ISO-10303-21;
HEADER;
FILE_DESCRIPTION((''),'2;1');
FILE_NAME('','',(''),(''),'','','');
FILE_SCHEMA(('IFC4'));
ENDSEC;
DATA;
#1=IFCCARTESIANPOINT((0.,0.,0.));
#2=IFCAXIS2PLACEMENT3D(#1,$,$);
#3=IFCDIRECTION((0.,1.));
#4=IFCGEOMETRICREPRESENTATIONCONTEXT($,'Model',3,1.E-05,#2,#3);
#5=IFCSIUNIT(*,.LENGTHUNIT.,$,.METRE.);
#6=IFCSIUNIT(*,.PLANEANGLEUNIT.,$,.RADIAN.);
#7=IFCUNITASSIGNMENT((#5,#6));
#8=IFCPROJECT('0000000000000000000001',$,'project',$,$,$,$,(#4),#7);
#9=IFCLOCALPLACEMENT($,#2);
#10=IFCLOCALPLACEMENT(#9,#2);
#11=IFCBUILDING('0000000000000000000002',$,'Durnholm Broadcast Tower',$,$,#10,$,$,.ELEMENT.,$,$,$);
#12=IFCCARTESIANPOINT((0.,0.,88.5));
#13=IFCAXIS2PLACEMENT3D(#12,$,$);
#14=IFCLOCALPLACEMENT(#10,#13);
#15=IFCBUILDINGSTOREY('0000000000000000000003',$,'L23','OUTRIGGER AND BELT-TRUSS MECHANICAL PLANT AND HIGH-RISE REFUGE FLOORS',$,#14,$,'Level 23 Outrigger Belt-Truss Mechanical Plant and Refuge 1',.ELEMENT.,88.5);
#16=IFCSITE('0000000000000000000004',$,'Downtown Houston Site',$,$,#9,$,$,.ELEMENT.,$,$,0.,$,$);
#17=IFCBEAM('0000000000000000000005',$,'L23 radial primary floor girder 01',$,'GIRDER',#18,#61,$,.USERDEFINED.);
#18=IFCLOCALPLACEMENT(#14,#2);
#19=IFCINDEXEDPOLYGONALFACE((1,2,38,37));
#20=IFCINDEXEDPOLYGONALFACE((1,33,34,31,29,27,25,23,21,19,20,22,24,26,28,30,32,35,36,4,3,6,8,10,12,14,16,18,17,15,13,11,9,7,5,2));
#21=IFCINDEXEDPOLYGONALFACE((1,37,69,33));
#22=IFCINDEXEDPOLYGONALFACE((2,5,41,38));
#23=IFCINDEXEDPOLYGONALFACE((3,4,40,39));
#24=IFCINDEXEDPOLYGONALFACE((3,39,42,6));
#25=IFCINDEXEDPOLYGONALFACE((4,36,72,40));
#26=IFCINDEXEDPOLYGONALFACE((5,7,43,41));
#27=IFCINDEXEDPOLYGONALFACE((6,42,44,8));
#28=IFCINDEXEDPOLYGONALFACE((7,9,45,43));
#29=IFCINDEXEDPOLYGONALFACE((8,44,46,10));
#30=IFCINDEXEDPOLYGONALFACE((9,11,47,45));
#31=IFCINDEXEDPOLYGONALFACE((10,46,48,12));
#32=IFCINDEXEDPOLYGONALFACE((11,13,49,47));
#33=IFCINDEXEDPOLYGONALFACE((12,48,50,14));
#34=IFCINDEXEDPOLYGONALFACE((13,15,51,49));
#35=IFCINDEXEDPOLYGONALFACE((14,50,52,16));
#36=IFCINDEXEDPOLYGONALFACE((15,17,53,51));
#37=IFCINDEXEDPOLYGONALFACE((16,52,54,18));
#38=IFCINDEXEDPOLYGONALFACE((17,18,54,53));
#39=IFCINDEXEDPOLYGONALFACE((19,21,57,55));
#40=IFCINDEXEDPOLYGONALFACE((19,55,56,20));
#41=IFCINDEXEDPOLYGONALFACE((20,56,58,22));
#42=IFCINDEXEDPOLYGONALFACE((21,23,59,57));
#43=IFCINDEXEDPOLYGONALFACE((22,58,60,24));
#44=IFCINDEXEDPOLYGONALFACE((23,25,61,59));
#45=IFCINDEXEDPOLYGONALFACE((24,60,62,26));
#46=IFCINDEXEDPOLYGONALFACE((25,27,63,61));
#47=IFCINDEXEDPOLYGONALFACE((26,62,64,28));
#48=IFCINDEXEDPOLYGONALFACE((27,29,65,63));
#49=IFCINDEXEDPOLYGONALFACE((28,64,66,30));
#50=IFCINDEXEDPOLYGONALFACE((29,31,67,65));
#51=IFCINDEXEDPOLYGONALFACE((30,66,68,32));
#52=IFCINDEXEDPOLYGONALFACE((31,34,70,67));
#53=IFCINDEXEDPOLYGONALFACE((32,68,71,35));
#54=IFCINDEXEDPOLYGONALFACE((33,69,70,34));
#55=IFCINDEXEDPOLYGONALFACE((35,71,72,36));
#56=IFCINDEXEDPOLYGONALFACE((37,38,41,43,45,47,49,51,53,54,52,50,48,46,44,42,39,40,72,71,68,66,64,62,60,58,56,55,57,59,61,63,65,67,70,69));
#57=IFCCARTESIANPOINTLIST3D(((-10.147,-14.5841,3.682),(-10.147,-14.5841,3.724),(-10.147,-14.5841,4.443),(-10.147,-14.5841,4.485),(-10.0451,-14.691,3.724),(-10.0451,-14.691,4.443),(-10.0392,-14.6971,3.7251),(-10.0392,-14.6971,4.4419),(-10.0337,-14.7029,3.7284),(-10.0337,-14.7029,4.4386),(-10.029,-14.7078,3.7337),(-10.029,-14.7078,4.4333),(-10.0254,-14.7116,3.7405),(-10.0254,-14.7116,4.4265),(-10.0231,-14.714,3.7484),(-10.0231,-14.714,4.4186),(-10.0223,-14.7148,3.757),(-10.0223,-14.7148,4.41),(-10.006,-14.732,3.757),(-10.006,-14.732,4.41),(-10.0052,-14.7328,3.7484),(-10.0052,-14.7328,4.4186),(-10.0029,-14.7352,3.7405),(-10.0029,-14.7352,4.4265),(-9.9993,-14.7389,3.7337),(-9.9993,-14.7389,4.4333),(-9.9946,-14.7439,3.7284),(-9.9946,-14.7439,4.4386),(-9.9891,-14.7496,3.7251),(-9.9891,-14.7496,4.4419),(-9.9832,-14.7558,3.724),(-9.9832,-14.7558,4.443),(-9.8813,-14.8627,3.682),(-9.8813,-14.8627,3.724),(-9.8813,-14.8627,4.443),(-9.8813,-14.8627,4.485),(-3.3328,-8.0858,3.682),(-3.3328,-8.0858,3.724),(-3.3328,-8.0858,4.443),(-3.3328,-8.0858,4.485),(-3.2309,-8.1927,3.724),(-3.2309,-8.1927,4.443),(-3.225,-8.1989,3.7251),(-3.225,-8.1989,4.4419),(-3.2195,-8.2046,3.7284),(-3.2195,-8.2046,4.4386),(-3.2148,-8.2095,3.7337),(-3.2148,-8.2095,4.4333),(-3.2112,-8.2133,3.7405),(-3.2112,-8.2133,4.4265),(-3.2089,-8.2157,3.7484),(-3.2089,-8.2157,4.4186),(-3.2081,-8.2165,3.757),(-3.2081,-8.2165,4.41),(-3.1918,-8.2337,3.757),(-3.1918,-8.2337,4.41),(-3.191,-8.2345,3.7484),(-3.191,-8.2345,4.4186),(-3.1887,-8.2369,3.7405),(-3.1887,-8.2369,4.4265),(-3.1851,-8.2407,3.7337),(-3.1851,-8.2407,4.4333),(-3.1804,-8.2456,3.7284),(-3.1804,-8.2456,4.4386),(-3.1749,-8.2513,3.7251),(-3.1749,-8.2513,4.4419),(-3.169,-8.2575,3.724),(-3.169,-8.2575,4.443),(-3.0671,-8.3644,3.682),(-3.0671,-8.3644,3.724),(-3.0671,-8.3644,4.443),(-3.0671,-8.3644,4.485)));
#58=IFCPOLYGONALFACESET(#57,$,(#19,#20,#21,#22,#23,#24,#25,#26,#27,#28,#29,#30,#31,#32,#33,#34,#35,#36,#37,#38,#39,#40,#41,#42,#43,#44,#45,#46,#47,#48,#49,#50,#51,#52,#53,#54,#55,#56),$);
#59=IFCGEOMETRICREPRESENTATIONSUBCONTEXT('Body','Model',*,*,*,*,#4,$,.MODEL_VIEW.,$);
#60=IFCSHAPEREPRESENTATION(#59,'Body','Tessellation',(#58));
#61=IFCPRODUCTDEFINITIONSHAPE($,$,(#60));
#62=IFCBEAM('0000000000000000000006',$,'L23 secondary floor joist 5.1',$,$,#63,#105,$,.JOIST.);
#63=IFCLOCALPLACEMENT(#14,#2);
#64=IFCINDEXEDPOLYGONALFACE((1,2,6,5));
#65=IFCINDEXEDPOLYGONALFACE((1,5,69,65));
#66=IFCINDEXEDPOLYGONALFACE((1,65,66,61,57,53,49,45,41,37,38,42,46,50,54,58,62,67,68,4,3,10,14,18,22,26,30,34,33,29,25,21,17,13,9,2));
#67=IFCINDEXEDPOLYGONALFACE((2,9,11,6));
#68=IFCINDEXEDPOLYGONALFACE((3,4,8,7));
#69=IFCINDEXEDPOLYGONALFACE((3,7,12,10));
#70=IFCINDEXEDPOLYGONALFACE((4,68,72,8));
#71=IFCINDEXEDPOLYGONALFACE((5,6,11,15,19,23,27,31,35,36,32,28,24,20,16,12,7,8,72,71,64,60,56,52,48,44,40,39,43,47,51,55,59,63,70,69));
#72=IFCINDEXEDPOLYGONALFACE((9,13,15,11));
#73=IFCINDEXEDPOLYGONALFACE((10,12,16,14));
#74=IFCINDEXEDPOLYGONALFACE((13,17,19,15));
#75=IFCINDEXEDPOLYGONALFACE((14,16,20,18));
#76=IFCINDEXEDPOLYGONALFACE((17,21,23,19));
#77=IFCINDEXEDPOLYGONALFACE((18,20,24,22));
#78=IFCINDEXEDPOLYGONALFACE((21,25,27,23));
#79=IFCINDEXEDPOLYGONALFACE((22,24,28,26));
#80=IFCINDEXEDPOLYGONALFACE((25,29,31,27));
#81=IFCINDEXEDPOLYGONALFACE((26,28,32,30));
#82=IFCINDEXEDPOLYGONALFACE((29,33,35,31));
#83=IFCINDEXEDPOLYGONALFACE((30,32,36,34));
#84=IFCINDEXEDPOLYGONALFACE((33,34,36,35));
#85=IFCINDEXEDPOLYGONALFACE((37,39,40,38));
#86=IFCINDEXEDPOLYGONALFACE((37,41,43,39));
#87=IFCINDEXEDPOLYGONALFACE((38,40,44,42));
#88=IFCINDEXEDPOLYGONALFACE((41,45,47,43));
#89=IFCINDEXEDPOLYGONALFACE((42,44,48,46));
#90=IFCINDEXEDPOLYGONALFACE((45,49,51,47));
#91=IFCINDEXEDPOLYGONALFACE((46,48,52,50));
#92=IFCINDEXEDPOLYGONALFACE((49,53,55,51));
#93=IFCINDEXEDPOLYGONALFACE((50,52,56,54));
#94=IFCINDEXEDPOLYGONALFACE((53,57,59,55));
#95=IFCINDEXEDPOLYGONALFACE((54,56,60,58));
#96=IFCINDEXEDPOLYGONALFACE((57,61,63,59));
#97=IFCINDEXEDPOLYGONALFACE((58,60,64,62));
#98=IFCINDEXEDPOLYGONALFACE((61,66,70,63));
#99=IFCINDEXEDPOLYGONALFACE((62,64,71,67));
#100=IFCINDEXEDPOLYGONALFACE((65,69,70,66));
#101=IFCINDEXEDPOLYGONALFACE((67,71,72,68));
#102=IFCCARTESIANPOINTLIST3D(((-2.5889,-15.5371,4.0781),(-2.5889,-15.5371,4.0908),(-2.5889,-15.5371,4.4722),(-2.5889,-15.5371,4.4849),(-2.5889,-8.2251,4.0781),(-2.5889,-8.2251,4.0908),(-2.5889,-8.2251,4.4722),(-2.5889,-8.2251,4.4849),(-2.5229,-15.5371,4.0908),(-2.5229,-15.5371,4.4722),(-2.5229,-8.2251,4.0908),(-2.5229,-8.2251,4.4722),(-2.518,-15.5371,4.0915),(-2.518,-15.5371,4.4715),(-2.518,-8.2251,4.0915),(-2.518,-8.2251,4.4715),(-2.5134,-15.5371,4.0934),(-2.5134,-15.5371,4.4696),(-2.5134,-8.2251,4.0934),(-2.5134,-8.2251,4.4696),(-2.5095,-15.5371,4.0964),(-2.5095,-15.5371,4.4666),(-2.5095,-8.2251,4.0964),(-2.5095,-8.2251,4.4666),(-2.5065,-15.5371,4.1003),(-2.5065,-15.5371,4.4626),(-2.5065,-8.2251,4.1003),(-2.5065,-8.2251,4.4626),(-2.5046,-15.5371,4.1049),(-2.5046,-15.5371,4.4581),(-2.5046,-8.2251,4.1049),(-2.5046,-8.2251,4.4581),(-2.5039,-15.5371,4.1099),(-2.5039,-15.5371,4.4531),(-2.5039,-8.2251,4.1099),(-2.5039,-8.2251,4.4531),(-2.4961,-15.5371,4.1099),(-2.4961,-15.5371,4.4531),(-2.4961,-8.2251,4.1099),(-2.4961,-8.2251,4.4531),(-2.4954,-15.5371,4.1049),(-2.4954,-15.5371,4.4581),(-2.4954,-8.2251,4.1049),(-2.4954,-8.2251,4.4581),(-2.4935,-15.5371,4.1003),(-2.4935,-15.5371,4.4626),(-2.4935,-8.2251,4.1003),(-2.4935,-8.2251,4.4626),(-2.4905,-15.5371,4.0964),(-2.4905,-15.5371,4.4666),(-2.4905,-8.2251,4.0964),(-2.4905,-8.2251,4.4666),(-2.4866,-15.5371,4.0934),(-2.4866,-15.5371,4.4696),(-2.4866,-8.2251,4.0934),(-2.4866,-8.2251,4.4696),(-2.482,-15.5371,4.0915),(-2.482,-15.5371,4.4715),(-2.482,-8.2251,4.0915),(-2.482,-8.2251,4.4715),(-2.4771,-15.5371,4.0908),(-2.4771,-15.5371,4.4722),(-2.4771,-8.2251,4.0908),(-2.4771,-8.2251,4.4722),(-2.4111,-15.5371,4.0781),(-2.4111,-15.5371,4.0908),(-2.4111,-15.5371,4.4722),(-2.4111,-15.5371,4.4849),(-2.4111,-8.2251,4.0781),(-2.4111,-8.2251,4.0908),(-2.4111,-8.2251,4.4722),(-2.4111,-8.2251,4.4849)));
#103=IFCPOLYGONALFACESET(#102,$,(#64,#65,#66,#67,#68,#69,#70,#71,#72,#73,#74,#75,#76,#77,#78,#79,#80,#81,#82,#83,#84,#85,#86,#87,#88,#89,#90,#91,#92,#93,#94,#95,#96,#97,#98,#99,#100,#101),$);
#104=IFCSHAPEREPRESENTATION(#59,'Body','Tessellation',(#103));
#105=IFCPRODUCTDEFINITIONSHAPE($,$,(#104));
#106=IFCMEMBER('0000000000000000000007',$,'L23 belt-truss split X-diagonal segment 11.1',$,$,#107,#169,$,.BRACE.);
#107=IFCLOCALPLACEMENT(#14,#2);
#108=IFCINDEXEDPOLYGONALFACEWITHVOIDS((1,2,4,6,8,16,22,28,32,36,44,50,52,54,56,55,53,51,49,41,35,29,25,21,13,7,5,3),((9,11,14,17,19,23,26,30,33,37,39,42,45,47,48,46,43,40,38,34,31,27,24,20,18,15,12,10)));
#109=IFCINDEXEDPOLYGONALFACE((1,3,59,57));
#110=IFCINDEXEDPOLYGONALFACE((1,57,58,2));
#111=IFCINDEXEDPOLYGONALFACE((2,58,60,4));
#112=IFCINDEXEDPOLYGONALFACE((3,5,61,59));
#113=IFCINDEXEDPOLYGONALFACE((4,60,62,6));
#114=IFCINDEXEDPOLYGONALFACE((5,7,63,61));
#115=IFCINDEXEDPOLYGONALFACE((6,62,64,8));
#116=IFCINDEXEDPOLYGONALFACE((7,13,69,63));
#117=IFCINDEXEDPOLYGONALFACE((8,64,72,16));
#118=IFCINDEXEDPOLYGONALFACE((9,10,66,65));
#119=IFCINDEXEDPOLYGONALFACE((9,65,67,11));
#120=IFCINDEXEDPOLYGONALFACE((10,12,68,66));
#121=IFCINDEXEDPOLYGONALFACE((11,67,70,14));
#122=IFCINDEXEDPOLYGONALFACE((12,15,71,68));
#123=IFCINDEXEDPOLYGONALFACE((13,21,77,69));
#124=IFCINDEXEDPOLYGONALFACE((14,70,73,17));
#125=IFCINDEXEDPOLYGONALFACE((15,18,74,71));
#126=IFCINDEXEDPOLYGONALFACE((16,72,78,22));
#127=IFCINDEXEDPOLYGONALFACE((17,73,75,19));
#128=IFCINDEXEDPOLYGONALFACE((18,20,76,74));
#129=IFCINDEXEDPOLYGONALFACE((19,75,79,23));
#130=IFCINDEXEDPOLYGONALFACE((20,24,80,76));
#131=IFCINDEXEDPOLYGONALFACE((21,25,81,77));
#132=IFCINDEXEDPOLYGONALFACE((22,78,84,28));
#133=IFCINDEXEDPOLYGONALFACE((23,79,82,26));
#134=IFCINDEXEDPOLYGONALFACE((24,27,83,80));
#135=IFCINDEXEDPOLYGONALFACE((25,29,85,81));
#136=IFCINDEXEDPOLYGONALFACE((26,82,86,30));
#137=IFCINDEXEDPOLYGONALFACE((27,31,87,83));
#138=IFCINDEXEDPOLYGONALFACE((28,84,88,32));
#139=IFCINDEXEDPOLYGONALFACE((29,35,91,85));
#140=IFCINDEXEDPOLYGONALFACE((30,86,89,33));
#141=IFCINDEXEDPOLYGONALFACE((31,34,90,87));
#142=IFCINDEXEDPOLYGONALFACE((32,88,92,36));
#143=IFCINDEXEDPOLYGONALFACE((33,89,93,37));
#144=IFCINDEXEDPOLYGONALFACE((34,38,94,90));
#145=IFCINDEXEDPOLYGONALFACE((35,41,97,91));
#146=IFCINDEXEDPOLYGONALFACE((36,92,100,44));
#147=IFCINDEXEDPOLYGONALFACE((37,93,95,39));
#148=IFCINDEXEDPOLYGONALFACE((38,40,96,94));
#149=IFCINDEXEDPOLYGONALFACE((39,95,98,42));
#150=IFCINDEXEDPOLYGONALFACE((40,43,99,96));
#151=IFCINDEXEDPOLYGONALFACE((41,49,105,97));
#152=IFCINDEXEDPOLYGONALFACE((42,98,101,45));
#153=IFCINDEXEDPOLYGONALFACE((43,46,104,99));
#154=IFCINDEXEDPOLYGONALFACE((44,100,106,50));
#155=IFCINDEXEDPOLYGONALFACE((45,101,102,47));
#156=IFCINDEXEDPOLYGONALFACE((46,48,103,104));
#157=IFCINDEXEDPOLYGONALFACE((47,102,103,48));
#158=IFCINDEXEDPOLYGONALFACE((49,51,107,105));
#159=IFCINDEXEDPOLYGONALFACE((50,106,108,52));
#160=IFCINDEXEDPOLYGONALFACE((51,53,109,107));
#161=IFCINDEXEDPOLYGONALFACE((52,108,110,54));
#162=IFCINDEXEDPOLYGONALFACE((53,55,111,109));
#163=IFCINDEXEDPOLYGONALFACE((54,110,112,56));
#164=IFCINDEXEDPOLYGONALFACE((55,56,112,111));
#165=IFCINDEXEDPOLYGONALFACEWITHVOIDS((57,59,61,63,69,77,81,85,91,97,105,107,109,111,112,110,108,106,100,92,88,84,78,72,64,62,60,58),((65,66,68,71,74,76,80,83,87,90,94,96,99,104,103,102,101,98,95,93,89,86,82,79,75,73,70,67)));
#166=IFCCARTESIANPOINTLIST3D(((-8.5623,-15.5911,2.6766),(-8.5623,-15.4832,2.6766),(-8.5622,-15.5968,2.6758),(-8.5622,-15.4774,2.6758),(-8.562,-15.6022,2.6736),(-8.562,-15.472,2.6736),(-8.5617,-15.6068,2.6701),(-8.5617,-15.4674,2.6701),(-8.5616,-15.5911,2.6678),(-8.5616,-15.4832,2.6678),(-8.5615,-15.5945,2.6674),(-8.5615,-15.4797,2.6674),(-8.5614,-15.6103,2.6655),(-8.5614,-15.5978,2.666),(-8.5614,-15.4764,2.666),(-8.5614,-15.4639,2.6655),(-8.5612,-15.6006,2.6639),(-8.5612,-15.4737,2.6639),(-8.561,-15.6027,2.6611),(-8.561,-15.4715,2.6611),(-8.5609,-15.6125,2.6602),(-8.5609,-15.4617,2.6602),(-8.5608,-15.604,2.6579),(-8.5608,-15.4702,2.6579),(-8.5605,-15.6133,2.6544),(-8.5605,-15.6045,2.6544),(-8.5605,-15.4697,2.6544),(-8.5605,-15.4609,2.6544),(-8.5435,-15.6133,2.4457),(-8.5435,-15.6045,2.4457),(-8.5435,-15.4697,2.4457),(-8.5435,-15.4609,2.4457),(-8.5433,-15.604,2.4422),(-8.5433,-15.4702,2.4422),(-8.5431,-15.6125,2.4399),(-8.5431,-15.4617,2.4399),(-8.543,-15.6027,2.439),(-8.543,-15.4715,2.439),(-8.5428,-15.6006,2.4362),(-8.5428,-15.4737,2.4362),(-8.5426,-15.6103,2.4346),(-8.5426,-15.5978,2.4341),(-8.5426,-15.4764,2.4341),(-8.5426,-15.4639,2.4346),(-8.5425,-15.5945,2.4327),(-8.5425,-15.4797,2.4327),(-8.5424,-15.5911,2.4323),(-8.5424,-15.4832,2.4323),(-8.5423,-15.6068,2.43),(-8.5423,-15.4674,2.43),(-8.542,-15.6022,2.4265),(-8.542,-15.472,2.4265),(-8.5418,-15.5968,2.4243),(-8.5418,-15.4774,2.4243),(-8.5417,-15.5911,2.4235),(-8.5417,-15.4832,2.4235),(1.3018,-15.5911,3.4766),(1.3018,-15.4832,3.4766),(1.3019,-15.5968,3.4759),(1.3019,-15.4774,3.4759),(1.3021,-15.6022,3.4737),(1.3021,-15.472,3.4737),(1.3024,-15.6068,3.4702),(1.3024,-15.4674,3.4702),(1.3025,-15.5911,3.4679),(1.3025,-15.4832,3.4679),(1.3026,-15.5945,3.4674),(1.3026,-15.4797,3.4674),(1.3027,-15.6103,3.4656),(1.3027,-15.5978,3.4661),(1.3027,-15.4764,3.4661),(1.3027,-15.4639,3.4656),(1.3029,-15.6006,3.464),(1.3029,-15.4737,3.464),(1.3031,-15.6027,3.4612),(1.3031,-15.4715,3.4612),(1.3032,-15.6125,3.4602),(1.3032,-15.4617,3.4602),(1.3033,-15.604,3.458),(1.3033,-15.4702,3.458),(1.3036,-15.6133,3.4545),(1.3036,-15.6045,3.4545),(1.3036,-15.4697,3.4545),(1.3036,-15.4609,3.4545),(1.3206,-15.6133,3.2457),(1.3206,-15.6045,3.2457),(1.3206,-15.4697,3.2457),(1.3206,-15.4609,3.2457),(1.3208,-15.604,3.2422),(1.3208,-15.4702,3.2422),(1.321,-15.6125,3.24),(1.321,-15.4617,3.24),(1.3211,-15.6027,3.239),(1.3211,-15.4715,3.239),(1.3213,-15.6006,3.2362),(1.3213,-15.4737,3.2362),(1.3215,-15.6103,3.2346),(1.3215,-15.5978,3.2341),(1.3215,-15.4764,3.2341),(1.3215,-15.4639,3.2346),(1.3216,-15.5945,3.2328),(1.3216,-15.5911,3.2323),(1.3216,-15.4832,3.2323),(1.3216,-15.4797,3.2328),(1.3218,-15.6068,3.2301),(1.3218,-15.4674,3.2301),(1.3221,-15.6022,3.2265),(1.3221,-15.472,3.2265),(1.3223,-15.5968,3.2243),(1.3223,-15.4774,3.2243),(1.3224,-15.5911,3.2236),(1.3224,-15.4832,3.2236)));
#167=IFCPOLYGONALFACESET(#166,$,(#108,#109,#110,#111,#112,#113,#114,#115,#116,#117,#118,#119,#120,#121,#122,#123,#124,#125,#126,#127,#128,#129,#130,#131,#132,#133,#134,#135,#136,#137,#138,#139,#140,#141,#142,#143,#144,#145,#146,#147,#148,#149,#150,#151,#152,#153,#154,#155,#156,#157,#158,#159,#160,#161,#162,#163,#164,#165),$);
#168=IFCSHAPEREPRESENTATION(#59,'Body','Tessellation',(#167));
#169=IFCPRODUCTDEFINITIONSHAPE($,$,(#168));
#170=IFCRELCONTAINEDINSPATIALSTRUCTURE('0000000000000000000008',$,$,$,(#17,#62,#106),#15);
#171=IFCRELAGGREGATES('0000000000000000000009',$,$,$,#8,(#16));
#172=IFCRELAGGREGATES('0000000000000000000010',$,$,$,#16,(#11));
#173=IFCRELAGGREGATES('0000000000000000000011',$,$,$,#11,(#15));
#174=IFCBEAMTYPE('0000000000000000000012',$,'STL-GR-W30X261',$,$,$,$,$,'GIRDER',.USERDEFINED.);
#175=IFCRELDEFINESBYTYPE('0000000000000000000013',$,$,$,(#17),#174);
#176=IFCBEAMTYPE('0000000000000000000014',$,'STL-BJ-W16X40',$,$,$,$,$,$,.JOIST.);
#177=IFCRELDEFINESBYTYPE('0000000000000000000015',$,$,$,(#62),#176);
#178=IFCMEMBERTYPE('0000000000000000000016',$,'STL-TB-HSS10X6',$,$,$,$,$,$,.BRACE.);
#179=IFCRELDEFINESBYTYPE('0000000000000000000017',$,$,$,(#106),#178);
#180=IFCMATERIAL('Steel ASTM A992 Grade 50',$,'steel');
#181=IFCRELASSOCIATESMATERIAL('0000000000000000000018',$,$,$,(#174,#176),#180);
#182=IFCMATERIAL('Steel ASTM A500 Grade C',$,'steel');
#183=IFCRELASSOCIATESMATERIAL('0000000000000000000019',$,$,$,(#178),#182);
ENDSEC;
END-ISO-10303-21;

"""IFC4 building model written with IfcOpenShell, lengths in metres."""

from ifc_helpers import new_model, si_unit, direction, frame, origin, origin_2d, place, context, subcontext, project, spatial, hollow_rectangle, i_section, extrude, source, transform, mapped, material, material_profile, profile_set, type_object, type_shapes, element, save


model = new_model("IFC4")

# Units and contexts
model_context = context("Model", 3, precision=1e-05, world=origin(), true_north=direction((0.0, 1.0)))
body_context = subcontext(model_context, "Body", "Model", "MODEL_VIEW")
ifc_project = project(units=[si_unit("LENGTHUNIT", "METRE"), si_unit("PLANEANGLEUNIT", "RADIAN")], contexts=[model_context])

# Site, building, storey
site_placement = place(None, origin())
site = spatial("IfcSite", under=ifc_project, at=site_placement, Name="Downtown Houston Site", CompositionType="ELEMENT", RefElevation=0.0)
building_placement = place(site_placement, origin())
building = spatial("IfcBuilding", under=site, at=building_placement, Name="Durnholm Broadcast Tower", CompositionType="ELEMENT")
storey_placement = place(building_placement, frame((0.0, 0.0, 88.5)))
storey = spatial("IfcBuildingStorey", under=building, at=storey_placement, Name="L23", Description="OUTRIGGER AND BELT-TRUSS MECHANICAL PLANT AND HIGH-RISE REFUGE FLOORS", LongName="Level 23 Outrigger Belt-Truss Mechanical Plant and Refuge 1", CompositionType="ELEMENT", Elevation=88.5)

# Beams
ifc_material_1 = material(Name="Steel ASTM A992 Grade 50", Category="steel")
ifc_material_profile_1 = material_profile(ifc_material_1, i_section(OverallWidth=0.385, OverallDepth=0.803, WebThickness=0.0237, FlangeThickness=0.042, FilletRadius=0.033, at=origin_2d()), Name="W30X261")
ifc_profile_set_1 = profile_set([ifc_material_profile_1], Name="Steel ASTM A992 Grade 50")
beam_type_1 = type_object("IfcBeamType", Name="STL-GR-W30X261", ElementType="GIRDER", PredefinedType="USERDEFINED", material=ifc_profile_set_1)
shared_shape_1 = source(origin(), body_context, "Body", "SweptSolid", [
    extrude(i_section(OverallWidth=0.385, OverallDepth=0.803, WebThickness=0.0237, FlangeThickness=0.042, FilletRadius=0.033, at=origin_2d()), origin(), (0.0, 0.0, 1.0), 9.416),
])
type_shapes(beam_type_1, [shared_shape_1])
beam_1_placement = place(storey_placement, frame((-3.2, -8.2251, 4.0835), z_axis=(-0.723683, -0.690132, 0.0), x_axis=(0.690132, -0.723683, 0.0)))
element("IfcBeam", 1, at=beam_1_placement, inside=storey, type_object=beam_type_1, Name="L23 radial primary floor girder 01", ObjectType="GIRDER", PredefinedType="USERDEFINED", context=body_context, shape_type="MappedRepresentation", body=[
    mapped(shared_shape_1, transform((0.0, 0.0, 0.0), x_axis=(1.0, 0.0, 0.0), y_axis=(0.0, 1.0, 0.0), z_axis=(0.0, 0.0, 1.0), scale=1.0)),
])
ifc_material_profile_2 = material_profile(ifc_material_1, i_section(OverallWidth=0.1777, OverallDepth=0.4067, WebThickness=0.0078, FlangeThickness=0.0127, FilletRadius=0.019, at=origin_2d()), Name="W16X40")
ifc_profile_set_2 = profile_set([ifc_material_profile_2], Name="Steel ASTM A992 Grade 50")
beam_type_2 = type_object("IfcBeamType", Name="STL-BJ-W16X40", PredefinedType="JOIST", material=ifc_profile_set_2)
shared_shape_2 = source(origin(), body_context, "Body", "SweptSolid", [
    extrude(i_section(OverallWidth=0.1777, OverallDepth=0.4067, WebThickness=0.0078, FlangeThickness=0.0127, FilletRadius=0.019, at=origin_2d()), origin(), (0.0, 0.0, 1.0), 7.312),
])
type_shapes(beam_type_2, [shared_shape_2])
beam_2_placement = place(storey_placement, frame((-2.5, -15.5371, 4.2815), z_axis=(0.0, 1.0, 0.0), x_axis=(-1.0, 0.0, 0.0)))
element("IfcBeam", 2, at=beam_2_placement, inside=storey, type_object=beam_type_2, Name="L23 secondary floor joist 5.1", PredefinedType="JOIST", context=body_context, shape_type="MappedRepresentation", body=[
    mapped(shared_shape_2, transform((0.0, 0.0, 0.0), x_axis=(1.0, 0.0, 0.0), y_axis=(0.0, 1.0, 0.0), z_axis=(0.0, 0.0, 1.0), scale=1.0)),
])

# Member
ifc_material_2 = material(Name="Steel ASTM A500 Grade C", Category="steel")
ifc_material_profile_3 = material_profile(ifc_material_2, hollow_rectangle(XDim=0.1523, YDim=0.2539, WallThickness=0.0088, InnerFilletRadius=0.0134, OuterFilletRadius=0.0222, at=origin_2d()), Name="HSS10X6X3/8")
ifc_profile_set_3 = profile_set([ifc_material_profile_3], Name="Steel ASTM A500 Grade C")
member_type_1 = type_object("IfcMemberType", Name="STL-TB-HSS10X6", PredefinedType="BRACE", material=ifc_profile_set_3)
shared_shape_3 = source(origin(), body_context, "Body", "SweptSolid", [
    extrude(hollow_rectangle(XDim=0.1523, YDim=0.2539, WallThickness=0.0088, InnerFilletRadius=0.0134, OuterFilletRadius=0.0222, at=origin_2d()), origin(), (0.0, 0.0, 1.0), 9.8965),
])
type_shapes(member_type_1, [shared_shape_3])
member_1_placement = place(storey_placement, frame((-8.552, -15.5371, 2.55), z_axis=(0.996727, 0.0, 0.080842), x_axis=(0.0, 1.0, 0.0)))
element("IfcMember", 3, at=member_1_placement, inside=storey, type_object=member_type_1, Name="L23 belt-truss split X-diagonal segment 11.1", PredefinedType="BRACE", context=body_context, shape_type="MappedRepresentation", body=[
    mapped(shared_shape_3, transform((0.0, 0.0, 0.0), x_axis=(1.0, 0.0, 0.0), y_axis=(0.0, 1.0, 0.0), z_axis=(0.0, 0.0, 1.0), scale=1.0)),
])

save(model, "model.ifc")
